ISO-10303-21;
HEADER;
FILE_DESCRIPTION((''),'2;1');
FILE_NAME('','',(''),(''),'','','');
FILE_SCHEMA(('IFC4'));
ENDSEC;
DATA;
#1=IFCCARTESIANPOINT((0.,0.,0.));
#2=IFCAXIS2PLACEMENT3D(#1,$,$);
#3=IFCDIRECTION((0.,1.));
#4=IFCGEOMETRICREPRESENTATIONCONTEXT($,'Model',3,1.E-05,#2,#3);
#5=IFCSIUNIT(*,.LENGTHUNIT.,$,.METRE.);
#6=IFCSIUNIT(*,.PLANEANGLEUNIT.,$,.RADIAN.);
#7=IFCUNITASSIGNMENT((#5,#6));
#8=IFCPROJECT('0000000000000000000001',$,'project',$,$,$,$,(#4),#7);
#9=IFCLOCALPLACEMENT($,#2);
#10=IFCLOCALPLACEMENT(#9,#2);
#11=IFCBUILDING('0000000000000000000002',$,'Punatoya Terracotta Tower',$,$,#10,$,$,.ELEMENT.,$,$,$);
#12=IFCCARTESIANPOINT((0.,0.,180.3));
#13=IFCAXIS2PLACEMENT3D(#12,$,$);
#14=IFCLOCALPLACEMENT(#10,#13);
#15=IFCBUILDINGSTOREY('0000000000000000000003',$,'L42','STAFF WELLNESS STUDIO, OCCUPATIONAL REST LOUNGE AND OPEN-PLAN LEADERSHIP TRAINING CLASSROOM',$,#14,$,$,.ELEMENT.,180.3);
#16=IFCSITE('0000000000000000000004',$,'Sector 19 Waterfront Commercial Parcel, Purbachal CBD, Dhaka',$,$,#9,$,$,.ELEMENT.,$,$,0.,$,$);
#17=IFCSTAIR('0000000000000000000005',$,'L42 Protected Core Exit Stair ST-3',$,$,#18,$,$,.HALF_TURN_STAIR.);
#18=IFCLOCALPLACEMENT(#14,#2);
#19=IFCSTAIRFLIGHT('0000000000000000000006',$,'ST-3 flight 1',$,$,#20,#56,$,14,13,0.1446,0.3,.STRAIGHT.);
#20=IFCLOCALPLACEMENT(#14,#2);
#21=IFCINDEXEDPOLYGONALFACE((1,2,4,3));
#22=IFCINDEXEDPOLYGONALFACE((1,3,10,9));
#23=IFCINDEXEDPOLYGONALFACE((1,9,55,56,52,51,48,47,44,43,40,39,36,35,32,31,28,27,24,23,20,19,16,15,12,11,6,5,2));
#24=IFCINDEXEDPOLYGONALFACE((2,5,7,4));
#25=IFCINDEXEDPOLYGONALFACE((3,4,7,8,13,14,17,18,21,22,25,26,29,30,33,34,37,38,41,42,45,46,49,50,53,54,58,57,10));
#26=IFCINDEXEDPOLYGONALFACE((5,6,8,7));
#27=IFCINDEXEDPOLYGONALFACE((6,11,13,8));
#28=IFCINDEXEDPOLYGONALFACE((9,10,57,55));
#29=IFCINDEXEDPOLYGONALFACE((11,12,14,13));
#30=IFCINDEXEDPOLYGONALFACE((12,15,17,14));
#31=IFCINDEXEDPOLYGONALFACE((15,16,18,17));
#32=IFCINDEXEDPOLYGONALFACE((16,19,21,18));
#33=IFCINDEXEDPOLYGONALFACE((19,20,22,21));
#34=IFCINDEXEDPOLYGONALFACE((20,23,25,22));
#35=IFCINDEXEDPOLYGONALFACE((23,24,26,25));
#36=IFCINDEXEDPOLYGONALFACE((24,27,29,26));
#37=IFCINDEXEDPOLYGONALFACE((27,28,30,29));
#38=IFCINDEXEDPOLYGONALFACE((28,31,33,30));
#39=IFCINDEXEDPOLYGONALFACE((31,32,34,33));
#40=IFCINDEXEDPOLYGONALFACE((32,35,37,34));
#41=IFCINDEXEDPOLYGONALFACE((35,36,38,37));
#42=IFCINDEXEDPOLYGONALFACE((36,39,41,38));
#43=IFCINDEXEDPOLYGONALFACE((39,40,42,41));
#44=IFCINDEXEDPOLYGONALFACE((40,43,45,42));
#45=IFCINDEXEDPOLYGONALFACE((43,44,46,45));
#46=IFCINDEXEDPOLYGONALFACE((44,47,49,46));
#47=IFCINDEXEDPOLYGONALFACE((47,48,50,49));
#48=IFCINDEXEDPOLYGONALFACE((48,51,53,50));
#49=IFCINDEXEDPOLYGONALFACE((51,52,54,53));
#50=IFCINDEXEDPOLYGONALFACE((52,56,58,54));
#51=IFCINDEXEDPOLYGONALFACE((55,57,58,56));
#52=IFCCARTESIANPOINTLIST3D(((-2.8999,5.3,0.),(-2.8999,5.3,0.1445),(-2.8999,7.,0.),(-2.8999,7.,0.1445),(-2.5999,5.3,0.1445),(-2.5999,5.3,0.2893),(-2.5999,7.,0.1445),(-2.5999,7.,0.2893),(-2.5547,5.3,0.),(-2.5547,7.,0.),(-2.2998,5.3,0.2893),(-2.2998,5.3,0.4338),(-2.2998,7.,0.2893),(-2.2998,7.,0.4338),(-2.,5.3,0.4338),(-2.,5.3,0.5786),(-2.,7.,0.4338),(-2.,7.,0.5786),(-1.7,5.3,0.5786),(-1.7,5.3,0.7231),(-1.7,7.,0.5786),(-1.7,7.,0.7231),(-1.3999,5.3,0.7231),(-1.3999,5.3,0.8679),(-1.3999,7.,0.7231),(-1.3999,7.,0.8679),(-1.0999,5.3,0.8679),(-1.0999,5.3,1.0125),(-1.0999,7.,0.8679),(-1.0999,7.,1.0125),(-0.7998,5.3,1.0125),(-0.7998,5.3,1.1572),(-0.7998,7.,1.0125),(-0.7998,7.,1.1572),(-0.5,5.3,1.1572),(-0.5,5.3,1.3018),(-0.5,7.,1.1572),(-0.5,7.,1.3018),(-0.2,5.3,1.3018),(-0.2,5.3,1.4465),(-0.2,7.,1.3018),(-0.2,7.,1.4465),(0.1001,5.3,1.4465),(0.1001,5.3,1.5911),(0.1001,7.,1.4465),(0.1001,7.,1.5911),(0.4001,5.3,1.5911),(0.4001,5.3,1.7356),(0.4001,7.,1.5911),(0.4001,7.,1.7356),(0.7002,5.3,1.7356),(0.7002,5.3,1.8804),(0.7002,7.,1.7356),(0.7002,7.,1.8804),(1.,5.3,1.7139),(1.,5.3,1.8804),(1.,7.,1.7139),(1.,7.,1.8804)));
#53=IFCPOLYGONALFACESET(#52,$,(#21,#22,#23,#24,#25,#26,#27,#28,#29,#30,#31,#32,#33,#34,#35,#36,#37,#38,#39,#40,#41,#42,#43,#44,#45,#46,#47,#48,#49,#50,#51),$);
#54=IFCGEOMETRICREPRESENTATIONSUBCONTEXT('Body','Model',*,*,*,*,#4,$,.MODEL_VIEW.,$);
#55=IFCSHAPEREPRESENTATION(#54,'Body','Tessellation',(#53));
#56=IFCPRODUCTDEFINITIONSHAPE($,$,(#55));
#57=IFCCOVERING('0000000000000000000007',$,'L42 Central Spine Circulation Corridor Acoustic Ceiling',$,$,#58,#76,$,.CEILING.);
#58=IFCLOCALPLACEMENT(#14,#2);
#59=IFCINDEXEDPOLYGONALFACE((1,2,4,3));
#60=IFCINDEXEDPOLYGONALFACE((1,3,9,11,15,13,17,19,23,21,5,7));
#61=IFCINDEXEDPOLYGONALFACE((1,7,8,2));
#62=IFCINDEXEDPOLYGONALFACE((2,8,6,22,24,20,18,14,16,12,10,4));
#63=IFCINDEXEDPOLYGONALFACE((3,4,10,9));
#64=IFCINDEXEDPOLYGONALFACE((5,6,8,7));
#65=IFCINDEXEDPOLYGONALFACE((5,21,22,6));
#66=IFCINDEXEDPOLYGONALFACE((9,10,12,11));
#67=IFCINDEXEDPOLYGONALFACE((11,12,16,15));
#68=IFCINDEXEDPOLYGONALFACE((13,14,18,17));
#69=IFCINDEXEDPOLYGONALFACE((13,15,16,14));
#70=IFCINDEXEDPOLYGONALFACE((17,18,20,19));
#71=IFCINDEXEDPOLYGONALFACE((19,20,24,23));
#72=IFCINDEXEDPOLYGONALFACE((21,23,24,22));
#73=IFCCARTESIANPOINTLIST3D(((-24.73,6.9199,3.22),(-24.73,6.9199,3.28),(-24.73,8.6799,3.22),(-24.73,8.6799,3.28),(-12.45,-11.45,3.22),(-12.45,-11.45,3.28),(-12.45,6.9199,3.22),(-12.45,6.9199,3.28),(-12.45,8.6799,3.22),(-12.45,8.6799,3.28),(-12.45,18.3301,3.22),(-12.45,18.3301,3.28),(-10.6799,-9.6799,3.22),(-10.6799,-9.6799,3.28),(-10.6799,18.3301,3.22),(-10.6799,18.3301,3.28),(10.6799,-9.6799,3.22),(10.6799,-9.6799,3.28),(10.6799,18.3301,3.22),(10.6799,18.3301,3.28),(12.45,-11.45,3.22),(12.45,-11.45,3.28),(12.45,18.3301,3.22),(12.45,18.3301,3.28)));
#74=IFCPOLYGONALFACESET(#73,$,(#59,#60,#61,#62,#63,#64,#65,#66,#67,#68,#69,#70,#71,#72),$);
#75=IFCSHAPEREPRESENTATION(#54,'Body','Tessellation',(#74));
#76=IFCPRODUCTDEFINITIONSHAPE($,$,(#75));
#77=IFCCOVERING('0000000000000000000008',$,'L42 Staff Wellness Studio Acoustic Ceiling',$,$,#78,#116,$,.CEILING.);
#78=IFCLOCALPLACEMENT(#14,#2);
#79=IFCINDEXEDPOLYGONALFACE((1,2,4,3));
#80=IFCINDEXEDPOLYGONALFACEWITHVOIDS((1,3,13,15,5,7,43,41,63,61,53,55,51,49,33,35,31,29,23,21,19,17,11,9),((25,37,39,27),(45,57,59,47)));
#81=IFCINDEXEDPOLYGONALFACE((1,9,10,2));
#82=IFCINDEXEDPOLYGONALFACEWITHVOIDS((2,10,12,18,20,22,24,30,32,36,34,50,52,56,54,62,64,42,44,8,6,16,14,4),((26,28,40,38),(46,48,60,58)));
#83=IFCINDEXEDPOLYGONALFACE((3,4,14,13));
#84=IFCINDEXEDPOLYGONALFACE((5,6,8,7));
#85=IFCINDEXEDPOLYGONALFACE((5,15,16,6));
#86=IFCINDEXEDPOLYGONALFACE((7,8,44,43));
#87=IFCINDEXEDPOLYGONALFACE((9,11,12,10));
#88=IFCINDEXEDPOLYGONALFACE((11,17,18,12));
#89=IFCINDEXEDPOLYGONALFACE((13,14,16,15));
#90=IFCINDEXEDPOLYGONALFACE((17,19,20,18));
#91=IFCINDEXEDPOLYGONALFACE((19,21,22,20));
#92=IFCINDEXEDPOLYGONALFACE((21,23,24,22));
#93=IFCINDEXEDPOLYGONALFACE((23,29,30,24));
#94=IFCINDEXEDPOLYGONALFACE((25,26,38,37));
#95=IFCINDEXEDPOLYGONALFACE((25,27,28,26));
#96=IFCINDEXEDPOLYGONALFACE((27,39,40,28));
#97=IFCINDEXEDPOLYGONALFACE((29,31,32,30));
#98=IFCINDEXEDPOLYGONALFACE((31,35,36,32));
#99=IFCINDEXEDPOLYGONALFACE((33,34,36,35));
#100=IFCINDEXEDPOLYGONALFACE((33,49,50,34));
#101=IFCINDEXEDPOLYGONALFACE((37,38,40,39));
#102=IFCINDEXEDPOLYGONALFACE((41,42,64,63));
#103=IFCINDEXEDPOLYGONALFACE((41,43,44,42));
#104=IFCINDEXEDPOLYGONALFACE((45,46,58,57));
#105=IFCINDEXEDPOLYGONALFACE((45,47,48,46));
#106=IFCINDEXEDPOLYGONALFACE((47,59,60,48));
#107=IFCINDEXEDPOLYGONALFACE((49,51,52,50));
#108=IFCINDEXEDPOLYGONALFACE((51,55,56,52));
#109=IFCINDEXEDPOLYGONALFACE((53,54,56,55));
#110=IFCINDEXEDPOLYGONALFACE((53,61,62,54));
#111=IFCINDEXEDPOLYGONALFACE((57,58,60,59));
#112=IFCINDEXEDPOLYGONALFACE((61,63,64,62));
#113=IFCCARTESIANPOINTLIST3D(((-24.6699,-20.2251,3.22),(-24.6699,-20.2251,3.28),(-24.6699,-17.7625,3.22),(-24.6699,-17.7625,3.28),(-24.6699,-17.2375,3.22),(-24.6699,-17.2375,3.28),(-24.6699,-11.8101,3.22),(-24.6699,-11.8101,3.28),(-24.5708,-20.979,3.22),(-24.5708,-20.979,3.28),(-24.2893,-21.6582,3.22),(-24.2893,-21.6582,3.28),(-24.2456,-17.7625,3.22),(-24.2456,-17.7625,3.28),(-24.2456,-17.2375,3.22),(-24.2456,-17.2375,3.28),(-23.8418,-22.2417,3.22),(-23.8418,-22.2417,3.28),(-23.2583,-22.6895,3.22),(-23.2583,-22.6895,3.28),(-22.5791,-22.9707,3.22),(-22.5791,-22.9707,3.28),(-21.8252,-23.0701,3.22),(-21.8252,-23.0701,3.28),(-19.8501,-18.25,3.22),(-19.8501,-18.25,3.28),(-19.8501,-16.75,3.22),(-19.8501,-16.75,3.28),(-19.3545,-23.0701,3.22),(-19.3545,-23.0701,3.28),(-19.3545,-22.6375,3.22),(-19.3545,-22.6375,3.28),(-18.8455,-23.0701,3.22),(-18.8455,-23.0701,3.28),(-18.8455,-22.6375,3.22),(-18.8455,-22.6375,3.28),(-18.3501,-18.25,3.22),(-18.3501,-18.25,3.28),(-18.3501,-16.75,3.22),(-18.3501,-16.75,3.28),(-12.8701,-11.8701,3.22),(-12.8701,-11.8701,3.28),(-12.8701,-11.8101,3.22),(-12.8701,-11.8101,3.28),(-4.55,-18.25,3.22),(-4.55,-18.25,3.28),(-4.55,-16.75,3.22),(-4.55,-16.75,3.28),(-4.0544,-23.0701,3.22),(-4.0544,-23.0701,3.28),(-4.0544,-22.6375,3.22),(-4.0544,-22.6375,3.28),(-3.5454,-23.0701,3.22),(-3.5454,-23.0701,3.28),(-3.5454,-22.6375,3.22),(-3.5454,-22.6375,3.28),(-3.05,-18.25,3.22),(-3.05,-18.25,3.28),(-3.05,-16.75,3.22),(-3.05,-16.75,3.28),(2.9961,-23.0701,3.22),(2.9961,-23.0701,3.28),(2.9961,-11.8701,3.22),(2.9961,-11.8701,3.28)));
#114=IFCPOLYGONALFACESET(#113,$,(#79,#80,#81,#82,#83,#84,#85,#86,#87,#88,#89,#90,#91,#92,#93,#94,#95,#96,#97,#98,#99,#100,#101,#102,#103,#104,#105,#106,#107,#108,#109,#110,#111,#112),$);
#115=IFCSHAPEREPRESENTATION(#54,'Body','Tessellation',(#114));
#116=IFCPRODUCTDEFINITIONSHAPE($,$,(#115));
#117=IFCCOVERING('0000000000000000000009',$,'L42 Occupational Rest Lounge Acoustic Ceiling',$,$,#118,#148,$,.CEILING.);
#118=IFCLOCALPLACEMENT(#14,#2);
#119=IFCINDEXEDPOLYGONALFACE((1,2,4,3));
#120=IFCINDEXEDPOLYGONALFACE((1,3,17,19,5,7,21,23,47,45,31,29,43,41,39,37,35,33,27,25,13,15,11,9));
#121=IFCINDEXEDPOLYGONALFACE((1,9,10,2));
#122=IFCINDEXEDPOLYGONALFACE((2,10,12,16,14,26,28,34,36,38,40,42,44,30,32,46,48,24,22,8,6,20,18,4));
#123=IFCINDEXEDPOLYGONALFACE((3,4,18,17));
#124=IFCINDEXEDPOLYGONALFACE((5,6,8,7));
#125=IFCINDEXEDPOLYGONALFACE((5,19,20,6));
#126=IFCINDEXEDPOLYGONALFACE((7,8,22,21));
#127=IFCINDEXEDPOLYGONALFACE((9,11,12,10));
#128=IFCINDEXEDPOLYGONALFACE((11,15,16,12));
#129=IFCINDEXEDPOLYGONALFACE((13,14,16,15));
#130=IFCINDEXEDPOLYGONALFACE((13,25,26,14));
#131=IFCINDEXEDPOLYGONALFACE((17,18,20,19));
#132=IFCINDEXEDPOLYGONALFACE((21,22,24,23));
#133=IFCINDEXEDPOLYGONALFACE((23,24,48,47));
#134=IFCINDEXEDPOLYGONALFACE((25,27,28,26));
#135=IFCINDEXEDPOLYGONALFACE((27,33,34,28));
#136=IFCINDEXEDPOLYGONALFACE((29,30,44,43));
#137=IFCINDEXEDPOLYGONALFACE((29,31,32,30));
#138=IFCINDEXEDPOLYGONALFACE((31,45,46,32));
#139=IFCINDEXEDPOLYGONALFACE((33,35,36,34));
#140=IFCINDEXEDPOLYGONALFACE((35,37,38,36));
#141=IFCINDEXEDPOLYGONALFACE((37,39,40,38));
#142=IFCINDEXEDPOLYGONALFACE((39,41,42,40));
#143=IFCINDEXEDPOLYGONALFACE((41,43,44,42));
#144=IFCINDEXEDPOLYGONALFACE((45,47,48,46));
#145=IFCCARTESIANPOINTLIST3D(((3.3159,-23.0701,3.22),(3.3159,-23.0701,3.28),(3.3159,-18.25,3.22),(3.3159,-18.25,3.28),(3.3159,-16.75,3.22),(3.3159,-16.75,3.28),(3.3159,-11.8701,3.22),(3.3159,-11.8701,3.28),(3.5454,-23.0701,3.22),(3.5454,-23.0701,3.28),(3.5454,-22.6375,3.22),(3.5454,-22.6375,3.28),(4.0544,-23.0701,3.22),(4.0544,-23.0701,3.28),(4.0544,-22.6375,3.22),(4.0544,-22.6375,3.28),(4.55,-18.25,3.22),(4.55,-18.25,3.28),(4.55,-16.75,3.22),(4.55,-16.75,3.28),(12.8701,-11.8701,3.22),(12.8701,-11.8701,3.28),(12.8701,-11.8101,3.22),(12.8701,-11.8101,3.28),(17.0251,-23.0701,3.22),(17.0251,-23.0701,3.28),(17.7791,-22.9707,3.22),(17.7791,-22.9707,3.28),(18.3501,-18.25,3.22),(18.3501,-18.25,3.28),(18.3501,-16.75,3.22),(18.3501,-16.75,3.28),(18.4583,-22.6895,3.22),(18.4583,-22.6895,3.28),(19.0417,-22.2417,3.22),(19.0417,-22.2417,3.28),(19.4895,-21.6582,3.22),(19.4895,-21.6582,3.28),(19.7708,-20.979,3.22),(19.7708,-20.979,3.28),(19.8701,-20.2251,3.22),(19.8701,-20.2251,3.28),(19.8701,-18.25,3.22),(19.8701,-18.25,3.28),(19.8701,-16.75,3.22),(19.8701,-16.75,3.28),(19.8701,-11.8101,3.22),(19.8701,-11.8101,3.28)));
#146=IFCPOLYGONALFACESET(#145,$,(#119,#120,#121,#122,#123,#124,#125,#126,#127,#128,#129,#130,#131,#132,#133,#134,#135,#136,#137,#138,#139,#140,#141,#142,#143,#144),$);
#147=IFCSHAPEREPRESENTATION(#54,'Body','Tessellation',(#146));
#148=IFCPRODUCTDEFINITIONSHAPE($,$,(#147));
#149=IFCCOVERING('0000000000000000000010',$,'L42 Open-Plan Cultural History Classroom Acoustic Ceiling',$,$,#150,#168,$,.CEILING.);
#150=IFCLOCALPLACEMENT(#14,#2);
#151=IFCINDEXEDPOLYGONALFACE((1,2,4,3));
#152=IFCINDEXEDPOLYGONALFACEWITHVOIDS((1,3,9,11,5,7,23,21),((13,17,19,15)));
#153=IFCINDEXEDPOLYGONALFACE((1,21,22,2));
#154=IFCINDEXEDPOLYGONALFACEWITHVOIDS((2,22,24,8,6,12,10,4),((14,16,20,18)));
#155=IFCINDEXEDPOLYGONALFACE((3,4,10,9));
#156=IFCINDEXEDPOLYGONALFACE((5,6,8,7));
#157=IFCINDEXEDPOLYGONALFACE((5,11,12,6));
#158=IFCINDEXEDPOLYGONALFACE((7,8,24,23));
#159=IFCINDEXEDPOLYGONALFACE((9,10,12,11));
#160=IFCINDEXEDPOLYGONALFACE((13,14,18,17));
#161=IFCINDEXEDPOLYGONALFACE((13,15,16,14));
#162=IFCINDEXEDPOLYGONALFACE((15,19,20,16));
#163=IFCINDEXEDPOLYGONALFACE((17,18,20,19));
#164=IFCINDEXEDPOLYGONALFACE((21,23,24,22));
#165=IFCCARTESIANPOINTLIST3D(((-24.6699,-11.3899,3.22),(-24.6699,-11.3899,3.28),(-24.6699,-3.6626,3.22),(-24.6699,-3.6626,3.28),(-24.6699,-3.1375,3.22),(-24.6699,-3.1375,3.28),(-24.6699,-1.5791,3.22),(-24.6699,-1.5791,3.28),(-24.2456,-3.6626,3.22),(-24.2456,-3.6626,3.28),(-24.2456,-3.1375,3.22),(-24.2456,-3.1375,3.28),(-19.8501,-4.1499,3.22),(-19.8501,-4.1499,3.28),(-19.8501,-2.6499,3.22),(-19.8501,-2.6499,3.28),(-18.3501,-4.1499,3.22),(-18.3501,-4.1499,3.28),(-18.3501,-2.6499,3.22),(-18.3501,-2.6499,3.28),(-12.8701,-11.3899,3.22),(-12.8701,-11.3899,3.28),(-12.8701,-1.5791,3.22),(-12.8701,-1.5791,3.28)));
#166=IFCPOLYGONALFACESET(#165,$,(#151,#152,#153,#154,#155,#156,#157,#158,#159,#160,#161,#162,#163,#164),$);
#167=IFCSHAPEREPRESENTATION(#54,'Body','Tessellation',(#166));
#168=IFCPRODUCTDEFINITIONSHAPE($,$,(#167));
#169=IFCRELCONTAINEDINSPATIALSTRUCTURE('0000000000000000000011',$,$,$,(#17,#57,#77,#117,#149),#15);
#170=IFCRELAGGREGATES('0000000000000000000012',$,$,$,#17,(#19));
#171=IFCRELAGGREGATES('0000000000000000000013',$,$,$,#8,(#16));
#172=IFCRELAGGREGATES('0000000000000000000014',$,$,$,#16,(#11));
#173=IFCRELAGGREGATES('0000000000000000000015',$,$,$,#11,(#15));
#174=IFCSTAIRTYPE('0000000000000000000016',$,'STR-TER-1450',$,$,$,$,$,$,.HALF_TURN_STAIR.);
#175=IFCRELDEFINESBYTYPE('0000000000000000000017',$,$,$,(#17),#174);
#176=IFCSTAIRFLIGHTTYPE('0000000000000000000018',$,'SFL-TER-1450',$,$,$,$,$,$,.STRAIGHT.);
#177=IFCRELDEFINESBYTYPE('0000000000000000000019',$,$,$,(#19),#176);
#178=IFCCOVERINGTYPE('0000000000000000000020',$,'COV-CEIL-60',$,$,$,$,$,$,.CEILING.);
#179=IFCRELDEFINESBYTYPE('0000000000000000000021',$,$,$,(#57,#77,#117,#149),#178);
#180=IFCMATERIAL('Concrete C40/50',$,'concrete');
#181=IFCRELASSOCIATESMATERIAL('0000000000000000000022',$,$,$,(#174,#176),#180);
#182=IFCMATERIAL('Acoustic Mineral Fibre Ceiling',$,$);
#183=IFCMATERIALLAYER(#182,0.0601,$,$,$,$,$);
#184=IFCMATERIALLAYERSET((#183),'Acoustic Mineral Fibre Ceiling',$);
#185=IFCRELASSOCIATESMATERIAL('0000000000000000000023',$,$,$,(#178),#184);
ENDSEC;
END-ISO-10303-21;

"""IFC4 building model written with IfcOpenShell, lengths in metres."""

from ifc_helpers import new_model, si_unit, direction, frame, origin, place, context, subcontext, project, spatial, polyline, outline, extrude, material, layer, layer_set, type_object, element, aggregate, save


model = new_model("IFC4")

# Units and contexts
model_context = context("Model", 3, precision=1e-05, world=origin(), true_north=direction((0.0, 1.0)))
body_context = subcontext(model_context, "Body", "Model", "MODEL_VIEW")
ifc_project = project(units=[si_unit("LENGTHUNIT", "METRE"), si_unit("PLANEANGLEUNIT", "RADIAN")], contexts=[model_context])

# Site, building, storey
site_placement = place(None, origin())
site = spatial("IfcSite", under=ifc_project, at=site_placement, Name="Sector 19 Waterfront Commercial Parcel, Purbachal CBD, Dhaka", CompositionType="ELEMENT", RefElevation=0.0)
building_placement = place(site_placement, origin())
building = spatial("IfcBuilding", under=site, at=building_placement, Name="Punatoya Terracotta Tower", CompositionType="ELEMENT")
storey_placement = place(building_placement, frame((0.0, 0.0, 180.3)))
storey = spatial("IfcBuildingStorey", under=building, at=storey_placement, Name="L42", Description="STAFF WELLNESS STUDIO, OCCUPATIONAL REST LOUNGE AND OPEN-PLAN LEADERSHIP TRAINING CLASSROOM", CompositionType="ELEMENT", Elevation=180.3)

# Stair
ifc_material_1 = material(Name="Concrete C40/50", Category="concrete")
stair_type_1 = type_object("IfcStairType", Name="STR-TER-1450", PredefinedType="HALF_TURN_STAIR", material=ifc_material_1)
stair_1_placement = place(storey_placement, origin())
stair_1 = element("IfcStair", 1, at=stair_1_placement, inside=storey, type_object=stair_type_1, Name="L42 Protected Core Exit Stair ST-3", PredefinedType="HALF_TURN_STAIR")

# Stair flight
stair_flight_type_1 = type_object("IfcStairFlightType", Name="SFL-TER-1450", PredefinedType="STRAIGHT", material=ifc_material_1)
stair_flight_1_placement = place(storey_placement, frame((-2.8999, 6.1499, 0.0), z_axis=(0.0, 0.0, 1.0), x_axis=(1.0, 0.0, 0.0)))
stair_flight_1 = element("IfcStairFlight", 2, at=stair_flight_1_placement, type_object=stair_flight_type_1, Name="ST-3 flight 1", NumberOfRisers=14, NumberOfTreads=13, PredefinedType="STRAIGHT", RiserHeight=0.1446, TreadLength=0.3, context=body_context, shape_type="SweptSolid", body=[
    extrude(outline(polyline([(0.0, 0.0), (0.0, 0.1445), (0.3, 0.1445), (0.3, 0.2893), (0.6001, 0.2893), (0.6001, 0.4338), (0.8999, 0.4338), (0.8999, 0.5786), (1.2, 0.5786), (1.2, 0.7231), (1.5, 0.7231), (1.5, 0.8679), (1.8, 0.8679), (1.8, 1.0125), (2.1001, 1.0125), (2.1001, 1.1572), (2.3999, 1.1572), (2.3999, 1.3018), (2.7, 1.3018), (2.7, 1.4465), (3.0, 1.4465), (3.0, 1.5911), (3.3, 1.5911), (3.3, 1.7356), (3.6001, 1.7356), (3.6001, 1.8804), (3.8999, 1.8804), (3.8999, 2.0249), (3.8999, 1.7139), (0.3452, 0.0), (0.0, 0.0)])), frame((0.0, 0.8501, 0.0), z_axis=(0.0, -1.0, 0.0), x_axis=(1.0, 0.0, 0.0)), (0.0, 0.0, 1.0), 1.7),
])
aggregate(stair_1, [stair_flight_1])

# Coverings
ifc_material_2 = material(Name="Acoustic Mineral Fibre Ceiling")
ifc_layer_1 = layer(ifc_material_2, 0.0601)
ifc_layer_set_1 = layer_set([ifc_layer_1], Name="Acoustic Mineral Fibre Ceiling")
covering_type = type_object("IfcCoveringType", Name="COV-CEIL-60", PredefinedType="CEILING", material=ifc_layer_set_1)
covering_1_placement = place(storey_placement, frame((0.0, 0.0, 3.22)))
element("IfcCovering", 3, at=covering_1_placement, inside=storey, type_object=covering_type, Name="L42 Central Spine Circulation Corridor Acoustic Ceiling", PredefinedType="CEILING", context=body_context, shape_type="SweptSolid", body=[
    extrude(outline(polyline([(10.6799, -9.6799), (-10.6799, -9.6799), (-10.6799, 18.3301), (-12.45, 18.3301), (-12.45, 8.6799), (-24.73, 8.6799), (-24.73, 6.9199), (-12.45, 6.9199), (-12.45, -11.45), (12.45, -11.45), (12.45, 18.3301), (10.6799, 18.3301), (10.6799, -9.6799)])), origin(), (0.0, 0.0, 1.0), 0.0601),
])
covering_2_placement = place(storey_placement, frame((0.0, 0.0, 3.22)))
element("IfcCovering", 4, at=covering_2_placement, inside=storey, type_object=covering_type, Name="L42 Staff Wellness Studio Acoustic Ceiling", PredefinedType="CEILING", context=body_context, shape_type="SweptSolid", body=[
    extrude(outline(polyline([(-12.8701, -11.8701), (-12.8701, -11.8101), (-24.6699, -11.8101), (-24.6699, -17.2375), (-24.2456, -17.2375), (-24.2456, -17.7625), (-24.6699, -17.7625), (-24.6699, -20.2251), (-24.5708, -20.979), (-24.2893, -21.6582), (-23.8418, -22.2417), (-23.2583, -22.6895), (-22.5791, -22.9707), (-21.8252, -23.0701), (-19.3545, -23.0701), (-19.3545, -22.6375), (-18.8455, -22.6375), (-18.8455, -23.0701), (-4.0544, -23.0701), (-4.0544, -22.6375), (-3.5454, -22.6375), (-3.5454, -23.0701), (2.9961, -23.0701), (2.9961, -11.8701), (-12.8701, -11.8701)]), holes=[polyline([(-4.55, -16.75), (-3.05, -16.75), (-3.05, -18.25), (-4.55, -18.25), (-4.55, -16.75)]), polyline([(-19.8501, -18.25), (-19.8501, -16.75), (-18.3501, -16.75), (-18.3501, -18.25), (-19.8501, -18.25)])]), origin(), (0.0, 0.0, 1.0), 0.0601),
])
covering_3_placement = place(storey_placement, frame((0.0, 0.0, 3.22)))
element("IfcCovering", 5, at=covering_3_placement, inside=storey, type_object=covering_type, Name="L42 Occupational Rest Lounge Acoustic Ceiling", PredefinedType="CEILING", context=body_context, shape_type="SweptSolid", body=[
    extrude(outline(polyline([(12.8701, -11.8701), (3.3159, -11.8701), (3.3159, -16.75), (4.55, -16.75), (4.55, -18.25), (3.3159, -18.25), (3.3159, -23.0701), (3.5454, -23.0701), (3.5454, -22.6375), (4.0544, -22.6375), (4.0544, -23.0701), (17.0251, -23.0701), (17.7791, -22.9707), (18.4583, -22.6895), (19.0417, -22.2417), (19.4895, -21.6582), (19.7708, -20.979), (19.8701, -20.2251), (19.8701, -18.25), (18.3501, -18.25), (18.3501, -16.75), (19.8701, -16.75), (19.8701, -11.8101), (12.8701, -11.8101), (12.8701, -11.8701)])), origin(), (0.0, 0.0, 1.0), 0.0601),
])
covering_4_placement = place(storey_placement, frame((0.0, 0.0, 3.22)))
element("IfcCovering", 6, at=covering_4_placement, inside=storey, type_object=covering_type, Name="L42 Open-Plan Cultural History Classroom Acoustic Ceiling", PredefinedType="CEILING", context=body_context, shape_type="SweptSolid", body=[
    extrude(outline(polyline([(-24.6699, -3.6626), (-24.6699, -11.3899), (-12.8701, -11.3899), (-12.8701, -1.5791), (-24.6699, -1.5791), (-24.6699, -3.1375), (-24.2456, -3.1375), (-24.2456, -3.6626), (-24.6699, -3.6626)]), holes=[polyline([(-18.3501, -4.1499), (-19.8501, -4.1499), (-19.8501, -2.6499), (-18.3501, -2.6499), (-18.3501, -4.1499)])]), origin(), (0.0, 0.0, 1.0), 0.0601),
])

save(model, "model.ifc")
